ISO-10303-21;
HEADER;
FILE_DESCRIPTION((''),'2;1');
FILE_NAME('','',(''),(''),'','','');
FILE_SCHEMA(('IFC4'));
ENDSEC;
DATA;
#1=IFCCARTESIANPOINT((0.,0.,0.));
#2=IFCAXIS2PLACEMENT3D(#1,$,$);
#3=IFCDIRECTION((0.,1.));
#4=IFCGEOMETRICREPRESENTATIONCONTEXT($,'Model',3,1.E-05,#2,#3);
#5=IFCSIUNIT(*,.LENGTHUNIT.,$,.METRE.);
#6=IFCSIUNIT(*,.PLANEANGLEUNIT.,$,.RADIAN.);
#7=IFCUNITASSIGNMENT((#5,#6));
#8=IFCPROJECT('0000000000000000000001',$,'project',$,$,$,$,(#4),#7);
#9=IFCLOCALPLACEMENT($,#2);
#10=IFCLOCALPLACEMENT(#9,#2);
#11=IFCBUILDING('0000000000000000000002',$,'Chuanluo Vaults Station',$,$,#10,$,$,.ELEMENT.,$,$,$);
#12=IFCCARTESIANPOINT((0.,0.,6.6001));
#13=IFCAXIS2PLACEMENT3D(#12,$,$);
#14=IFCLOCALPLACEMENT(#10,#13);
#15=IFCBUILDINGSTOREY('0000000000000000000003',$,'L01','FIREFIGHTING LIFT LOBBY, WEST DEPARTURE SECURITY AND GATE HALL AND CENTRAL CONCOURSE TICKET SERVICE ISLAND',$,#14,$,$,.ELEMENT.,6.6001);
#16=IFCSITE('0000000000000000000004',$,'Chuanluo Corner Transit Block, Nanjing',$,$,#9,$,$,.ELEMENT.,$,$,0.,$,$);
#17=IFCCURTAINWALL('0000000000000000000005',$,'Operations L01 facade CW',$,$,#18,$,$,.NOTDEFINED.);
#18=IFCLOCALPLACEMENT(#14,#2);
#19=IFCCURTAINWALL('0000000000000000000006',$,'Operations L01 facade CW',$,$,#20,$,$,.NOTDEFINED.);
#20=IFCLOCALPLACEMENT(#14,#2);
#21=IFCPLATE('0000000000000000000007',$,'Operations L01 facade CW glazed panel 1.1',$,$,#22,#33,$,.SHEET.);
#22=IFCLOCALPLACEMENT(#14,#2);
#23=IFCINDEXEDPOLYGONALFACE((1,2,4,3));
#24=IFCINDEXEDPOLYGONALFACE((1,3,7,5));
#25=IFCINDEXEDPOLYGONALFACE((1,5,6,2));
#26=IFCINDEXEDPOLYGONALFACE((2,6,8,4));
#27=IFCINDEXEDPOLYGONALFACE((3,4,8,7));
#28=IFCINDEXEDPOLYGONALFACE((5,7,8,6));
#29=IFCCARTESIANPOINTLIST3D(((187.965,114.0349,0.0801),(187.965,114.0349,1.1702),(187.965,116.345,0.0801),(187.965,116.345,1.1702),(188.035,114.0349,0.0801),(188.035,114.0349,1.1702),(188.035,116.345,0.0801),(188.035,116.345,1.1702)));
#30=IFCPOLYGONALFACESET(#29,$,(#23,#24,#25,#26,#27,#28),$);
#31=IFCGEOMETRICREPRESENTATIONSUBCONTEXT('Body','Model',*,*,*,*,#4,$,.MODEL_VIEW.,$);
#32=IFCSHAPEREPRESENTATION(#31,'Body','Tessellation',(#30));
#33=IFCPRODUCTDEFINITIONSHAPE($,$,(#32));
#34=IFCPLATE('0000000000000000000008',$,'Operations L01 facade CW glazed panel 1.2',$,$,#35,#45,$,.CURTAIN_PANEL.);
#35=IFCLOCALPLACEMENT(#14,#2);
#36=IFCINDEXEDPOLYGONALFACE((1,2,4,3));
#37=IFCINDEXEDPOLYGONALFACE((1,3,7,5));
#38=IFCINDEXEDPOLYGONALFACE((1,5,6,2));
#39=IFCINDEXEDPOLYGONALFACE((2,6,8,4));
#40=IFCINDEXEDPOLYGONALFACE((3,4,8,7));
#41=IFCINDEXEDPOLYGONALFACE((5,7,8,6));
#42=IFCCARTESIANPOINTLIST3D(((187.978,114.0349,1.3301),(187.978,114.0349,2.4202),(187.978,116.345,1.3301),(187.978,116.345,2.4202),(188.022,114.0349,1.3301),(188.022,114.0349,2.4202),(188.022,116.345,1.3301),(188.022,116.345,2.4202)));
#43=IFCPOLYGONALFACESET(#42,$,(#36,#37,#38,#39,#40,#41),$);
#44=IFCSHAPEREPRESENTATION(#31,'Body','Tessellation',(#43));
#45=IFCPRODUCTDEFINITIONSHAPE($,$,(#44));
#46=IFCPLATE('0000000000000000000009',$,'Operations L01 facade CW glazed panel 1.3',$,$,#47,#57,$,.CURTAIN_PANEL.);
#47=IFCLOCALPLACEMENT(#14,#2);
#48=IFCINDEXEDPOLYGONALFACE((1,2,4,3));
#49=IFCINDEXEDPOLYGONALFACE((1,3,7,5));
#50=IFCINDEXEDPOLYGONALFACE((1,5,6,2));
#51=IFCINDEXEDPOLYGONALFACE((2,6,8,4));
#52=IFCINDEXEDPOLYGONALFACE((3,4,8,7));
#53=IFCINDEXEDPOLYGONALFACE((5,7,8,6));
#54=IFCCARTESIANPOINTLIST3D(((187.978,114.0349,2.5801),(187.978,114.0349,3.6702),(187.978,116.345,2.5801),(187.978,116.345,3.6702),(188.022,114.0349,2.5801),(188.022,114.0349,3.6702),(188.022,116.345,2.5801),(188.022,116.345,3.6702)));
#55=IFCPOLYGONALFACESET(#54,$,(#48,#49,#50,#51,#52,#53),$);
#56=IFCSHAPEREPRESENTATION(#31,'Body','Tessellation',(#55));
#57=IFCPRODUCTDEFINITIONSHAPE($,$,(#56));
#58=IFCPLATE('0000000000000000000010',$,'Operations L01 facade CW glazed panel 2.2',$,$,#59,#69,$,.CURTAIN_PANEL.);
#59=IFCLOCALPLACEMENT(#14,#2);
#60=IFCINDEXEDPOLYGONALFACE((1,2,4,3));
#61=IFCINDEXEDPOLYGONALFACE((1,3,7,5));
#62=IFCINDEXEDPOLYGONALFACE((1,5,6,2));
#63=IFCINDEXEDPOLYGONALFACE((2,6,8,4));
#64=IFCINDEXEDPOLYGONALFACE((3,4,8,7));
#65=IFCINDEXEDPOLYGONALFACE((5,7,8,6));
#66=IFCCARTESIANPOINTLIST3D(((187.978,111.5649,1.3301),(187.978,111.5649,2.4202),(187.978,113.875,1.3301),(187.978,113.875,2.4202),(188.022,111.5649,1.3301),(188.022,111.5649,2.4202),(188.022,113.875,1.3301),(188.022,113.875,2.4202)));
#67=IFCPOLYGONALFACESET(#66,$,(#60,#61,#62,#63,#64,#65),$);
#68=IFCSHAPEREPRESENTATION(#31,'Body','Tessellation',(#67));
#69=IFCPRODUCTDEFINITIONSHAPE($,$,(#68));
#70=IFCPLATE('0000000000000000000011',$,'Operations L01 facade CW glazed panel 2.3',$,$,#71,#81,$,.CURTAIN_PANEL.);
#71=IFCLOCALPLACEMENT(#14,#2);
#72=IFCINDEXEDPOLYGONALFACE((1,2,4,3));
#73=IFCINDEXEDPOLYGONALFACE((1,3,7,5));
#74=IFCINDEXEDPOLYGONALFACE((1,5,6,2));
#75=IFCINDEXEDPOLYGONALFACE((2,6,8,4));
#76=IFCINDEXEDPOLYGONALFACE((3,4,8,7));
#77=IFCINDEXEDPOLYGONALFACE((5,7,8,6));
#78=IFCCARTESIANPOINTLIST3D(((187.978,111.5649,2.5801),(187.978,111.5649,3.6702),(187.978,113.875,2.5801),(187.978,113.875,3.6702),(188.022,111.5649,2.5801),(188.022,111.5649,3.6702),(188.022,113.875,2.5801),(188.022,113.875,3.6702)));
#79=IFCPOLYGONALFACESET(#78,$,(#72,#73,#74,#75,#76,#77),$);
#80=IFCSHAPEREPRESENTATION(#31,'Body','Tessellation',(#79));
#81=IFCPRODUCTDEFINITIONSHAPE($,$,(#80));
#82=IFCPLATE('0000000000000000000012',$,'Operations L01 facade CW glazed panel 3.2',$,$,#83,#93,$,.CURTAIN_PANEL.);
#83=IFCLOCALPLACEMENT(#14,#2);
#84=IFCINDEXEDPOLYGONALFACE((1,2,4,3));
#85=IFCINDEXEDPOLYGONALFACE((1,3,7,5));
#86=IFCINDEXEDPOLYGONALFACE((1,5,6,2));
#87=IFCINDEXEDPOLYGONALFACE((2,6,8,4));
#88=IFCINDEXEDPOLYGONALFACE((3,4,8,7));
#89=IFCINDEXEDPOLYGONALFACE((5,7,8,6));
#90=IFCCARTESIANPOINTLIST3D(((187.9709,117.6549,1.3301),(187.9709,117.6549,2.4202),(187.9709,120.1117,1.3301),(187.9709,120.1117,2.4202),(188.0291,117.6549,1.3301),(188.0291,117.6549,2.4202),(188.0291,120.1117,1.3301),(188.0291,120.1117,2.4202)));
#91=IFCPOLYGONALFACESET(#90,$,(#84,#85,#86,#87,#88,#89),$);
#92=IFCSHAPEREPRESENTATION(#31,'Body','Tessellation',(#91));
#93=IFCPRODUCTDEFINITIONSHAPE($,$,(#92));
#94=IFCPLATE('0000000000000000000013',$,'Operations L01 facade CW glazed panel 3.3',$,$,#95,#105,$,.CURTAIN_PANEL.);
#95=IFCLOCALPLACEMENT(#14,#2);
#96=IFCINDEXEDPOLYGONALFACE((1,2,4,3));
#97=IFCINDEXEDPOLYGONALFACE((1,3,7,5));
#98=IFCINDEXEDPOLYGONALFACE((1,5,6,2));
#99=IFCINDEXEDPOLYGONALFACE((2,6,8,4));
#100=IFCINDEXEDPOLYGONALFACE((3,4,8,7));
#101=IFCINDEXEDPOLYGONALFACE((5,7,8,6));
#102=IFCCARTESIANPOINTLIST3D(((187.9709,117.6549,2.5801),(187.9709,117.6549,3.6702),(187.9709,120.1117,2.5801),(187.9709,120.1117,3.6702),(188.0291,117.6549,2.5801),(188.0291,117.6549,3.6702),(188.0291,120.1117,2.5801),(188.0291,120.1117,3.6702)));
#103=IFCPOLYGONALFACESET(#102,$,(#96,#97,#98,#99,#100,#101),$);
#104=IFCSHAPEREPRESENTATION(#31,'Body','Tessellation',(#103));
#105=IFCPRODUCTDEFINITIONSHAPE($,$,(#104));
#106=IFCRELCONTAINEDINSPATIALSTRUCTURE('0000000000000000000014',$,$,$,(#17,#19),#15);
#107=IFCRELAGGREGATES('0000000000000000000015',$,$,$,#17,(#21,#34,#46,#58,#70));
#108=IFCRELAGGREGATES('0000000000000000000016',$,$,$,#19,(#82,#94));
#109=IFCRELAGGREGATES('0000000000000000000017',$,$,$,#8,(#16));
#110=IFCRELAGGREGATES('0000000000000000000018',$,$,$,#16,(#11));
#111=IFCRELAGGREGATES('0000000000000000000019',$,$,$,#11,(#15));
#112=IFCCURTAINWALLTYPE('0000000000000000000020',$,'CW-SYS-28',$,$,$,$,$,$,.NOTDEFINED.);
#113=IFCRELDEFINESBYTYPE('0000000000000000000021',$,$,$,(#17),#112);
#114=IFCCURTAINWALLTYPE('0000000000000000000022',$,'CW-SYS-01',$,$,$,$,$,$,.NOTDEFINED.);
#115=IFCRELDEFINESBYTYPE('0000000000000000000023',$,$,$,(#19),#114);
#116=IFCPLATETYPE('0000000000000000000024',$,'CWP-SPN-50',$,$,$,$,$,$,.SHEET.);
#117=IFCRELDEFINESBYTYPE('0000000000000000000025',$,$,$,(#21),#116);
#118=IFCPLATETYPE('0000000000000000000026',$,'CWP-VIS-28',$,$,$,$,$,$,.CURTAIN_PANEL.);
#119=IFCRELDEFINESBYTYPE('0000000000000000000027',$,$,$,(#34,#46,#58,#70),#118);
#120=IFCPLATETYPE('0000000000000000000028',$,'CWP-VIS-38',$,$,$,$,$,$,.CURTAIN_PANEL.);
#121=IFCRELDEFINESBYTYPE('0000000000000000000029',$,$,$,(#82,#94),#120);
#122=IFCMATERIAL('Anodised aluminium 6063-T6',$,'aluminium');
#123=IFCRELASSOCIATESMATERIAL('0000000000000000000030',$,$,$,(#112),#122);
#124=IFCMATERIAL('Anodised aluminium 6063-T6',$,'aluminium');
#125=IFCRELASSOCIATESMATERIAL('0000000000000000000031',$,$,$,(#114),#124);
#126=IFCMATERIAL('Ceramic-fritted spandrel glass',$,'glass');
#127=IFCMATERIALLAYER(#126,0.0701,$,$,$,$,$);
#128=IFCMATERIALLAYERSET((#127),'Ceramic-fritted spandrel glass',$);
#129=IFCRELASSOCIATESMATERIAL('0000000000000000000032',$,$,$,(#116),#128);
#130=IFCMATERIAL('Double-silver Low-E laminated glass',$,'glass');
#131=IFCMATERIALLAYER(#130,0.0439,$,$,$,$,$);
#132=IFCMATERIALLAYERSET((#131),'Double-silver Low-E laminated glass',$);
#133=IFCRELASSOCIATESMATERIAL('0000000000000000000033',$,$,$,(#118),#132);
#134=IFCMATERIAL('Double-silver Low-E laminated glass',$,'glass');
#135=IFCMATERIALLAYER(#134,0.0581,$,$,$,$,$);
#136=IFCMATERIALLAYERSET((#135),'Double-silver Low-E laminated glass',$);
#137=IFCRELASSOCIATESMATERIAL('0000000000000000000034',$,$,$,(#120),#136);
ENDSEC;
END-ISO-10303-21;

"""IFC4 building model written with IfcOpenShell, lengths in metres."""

from ifc_helpers import new_model, si_unit, direction, frame, origin, origin_2d, place, context, subcontext, project, spatial, rectangle, extrude, material, layer, layer_set, type_object, element, aggregate, save


model = new_model("IFC4")

# Units and contexts
model_context = context("Model", 3, precision=1e-05, world=origin(), true_north=direction((0.0, 1.0)))
body_context = subcontext(model_context, "Body", "Model", "MODEL_VIEW")
ifc_project = project(units=[si_unit("LENGTHUNIT", "METRE"), si_unit("PLANEANGLEUNIT", "RADIAN")], contexts=[model_context])

# Site, building, storey
site_placement = place(None, origin())
site = spatial("IfcSite", under=ifc_project, at=site_placement, Name="Chuanluo Corner Transit Block, Nanjing", CompositionType="ELEMENT", RefElevation=0.0)
building_placement = place(site_placement, origin())
building = spatial("IfcBuilding", under=site, at=building_placement, Name="Chuanluo Vaults Station", CompositionType="ELEMENT")
storey_placement = place(building_placement, frame((0.0, 0.0, 6.6001)))
storey = spatial("IfcBuildingStorey", under=building, at=storey_placement, Name="L01", Description="FIREFIGHTING LIFT LOBBY, WEST DEPARTURE SECURITY AND GATE HALL AND CENTRAL CONCOURSE TICKET SERVICE ISLAND", CompositionType="ELEMENT", Elevation=6.6001)

# Curtain wall
ifc_material_1 = material(Name="Anodised aluminium 6063-T6", Category="aluminium")
curtain_wall_type_1 = type_object("IfcCurtainWallType", Name="CW-SYS-28", PredefinedType="NOTDEFINED", material=ifc_material_1)
curtain_wall_1_placement = place(storey_placement, origin())
curtain_wall_1 = element("IfcCurtainWall", 1, at=curtain_wall_1_placement, inside=storey, type_object=curtain_wall_type_1, Name="Operations L01 facade CW", PredefinedType="NOTDEFINED")

# Curtain wall
ifc_material_2 = material(Name="Anodised aluminium 6063-T6", Category="aluminium")
curtain_wall_type_2 = type_object("IfcCurtainWallType", Name="CW-SYS-01", PredefinedType="NOTDEFINED", material=ifc_material_2)
curtain_wall_2_placement = place(storey_placement, origin())
curtain_wall_2 = element("IfcCurtainWall", 2, at=curtain_wall_2_placement, inside=storey, type_object=curtain_wall_type_2, Name="Operations L01 facade CW", PredefinedType="NOTDEFINED")

# Plates
ifc_material_3 = material(Name="Ceramic-fritted spandrel glass", Category="glass")
ifc_layer_1 = layer(ifc_material_3, 0.0701)
ifc_layer_set_1 = layer_set([ifc_layer_1], Name="Ceramic-fritted spandrel glass")
plate_type_1 = type_object("IfcPlateType", Name="CWP-SPN-50", PredefinedType="SHEET", material=ifc_layer_set_1)
plate_1_placement = place(storey_placement, frame((188.0, 115.1899, 0.0801), z_axis=(0.0, 0.0, 1.0), x_axis=(0.0, -1.0, 0.0)))
plate_1 = element("IfcPlate", 3, at=plate_1_placement, type_object=plate_type_1, Name="Operations L01 facade CW glazed panel 1.1", PredefinedType="SHEET", context=body_context, shape_type="SweptSolid", body=[
    extrude(rectangle(XDim=2.3101, YDim=0.0701, at=origin_2d()), origin(), (0.0, 0.0, 1.0), 1.0901),
])
ifc_material_4 = material(Name="Double-silver Low-E laminated glass", Category="glass")
ifc_layer_2 = layer(ifc_material_4, 0.0439)
ifc_layer_set_2 = layer_set([ifc_layer_2], Name="Double-silver Low-E laminated glass")
plate_type_2 = type_object("IfcPlateType", Name="CWP-VIS-28", PredefinedType="CURTAIN_PANEL", material=ifc_layer_set_2)
plate_2_placement = place(storey_placement, frame((188.0, 115.1899, 1.3301), z_axis=(0.0, 0.0, 1.0), x_axis=(0.0, -1.0, 0.0)))
plate_2 = element("IfcPlate", 4, at=plate_2_placement, type_object=plate_type_2, Name="Operations L01 facade CW glazed panel 1.2", PredefinedType="CURTAIN_PANEL", context=body_context, shape_type="SweptSolid", body=[
    extrude(rectangle(XDim=2.3101, YDim=0.0439, at=origin_2d()), origin(), (0.0, 0.0, 1.0), 1.0901),
])
plate_3_placement = place(storey_placement, frame((188.0, 115.1899, 2.5801), z_axis=(0.0, 0.0, 1.0), x_axis=(0.0, -1.0, 0.0)))
plate_3 = element("IfcPlate", 5, at=plate_3_placement, type_object=plate_type_2, Name="Operations L01 facade CW glazed panel 1.3", PredefinedType="CURTAIN_PANEL", context=body_context, shape_type="SweptSolid", body=[
    extrude(rectangle(XDim=2.3101, YDim=0.0439, at=origin_2d()), origin(), (0.0, 0.0, 1.0), 1.0901),
])
plate_4_placement = place(storey_placement, frame((188.0, 112.72, 1.3301), z_axis=(0.0, 0.0, 1.0), x_axis=(0.0, -1.0, 0.0)))
plate_4 = element("IfcPlate", 6, at=plate_4_placement, type_object=plate_type_2, Name="Operations L01 facade CW glazed panel 2.2", PredefinedType="CURTAIN_PANEL", context=body_context, shape_type="SweptSolid", body=[
    extrude(rectangle(XDim=2.3101, YDim=0.0439, at=origin_2d()), origin(), (0.0, 0.0, 1.0), 1.0901),
])
plate_5_placement = place(storey_placement, frame((188.0, 112.72, 2.5801), z_axis=(0.0, 0.0, 1.0), x_axis=(0.0, -1.0, 0.0)))
plate_5 = element("IfcPlate", 7, at=plate_5_placement, type_object=plate_type_2, Name="Operations L01 facade CW glazed panel 2.3", PredefinedType="CURTAIN_PANEL", context=body_context, shape_type="SweptSolid", body=[
    extrude(rectangle(XDim=2.3101, YDim=0.0439, at=origin_2d()), origin(), (0.0, 0.0, 1.0), 1.0901),
])
aggregate(curtain_wall_1, [plate_1, plate_2, plate_3, plate_4, plate_5])
ifc_material_5 = material(Name="Double-silver Low-E laminated glass", Category="glass")
ifc_layer_3 = layer(ifc_material_5, 0.0581)
ifc_layer_set_3 = layer_set([ifc_layer_3], Name="Double-silver Low-E laminated glass")
plate_type_3 = type_object("IfcPlateType", Name="CWP-VIS-38", PredefinedType="CURTAIN_PANEL", material=ifc_layer_set_3)
plate_6_placement = place(storey_placement, frame((188.0, 118.8833, 1.3301), z_axis=(0.0, 0.0, 1.0), x_axis=(0.0, -1.0, 0.0)))
plate_6 = element("IfcPlate", 8, at=plate_6_placement, type_object=plate_type_3, Name="Operations L01 facade CW glazed panel 3.2", PredefinedType="CURTAIN_PANEL", context=body_context, shape_type="SweptSolid", body=[
    extrude(rectangle(XDim=2.4568, YDim=0.0581, at=origin_2d()), origin(), (0.0, 0.0, 1.0), 1.0901),
])
plate_7_placement = place(storey_placement, frame((188.0, 118.8833, 2.5801), z_axis=(0.0, 0.0, 1.0), x_axis=(0.0, -1.0, 0.0)))
plate_7 = element("IfcPlate", 9, at=plate_7_placement, type_object=plate_type_3, Name="Operations L01 facade CW glazed panel 3.3", PredefinedType="CURTAIN_PANEL", context=body_context, shape_type="SweptSolid", body=[
    extrude(rectangle(XDim=2.4568, YDim=0.0581, at=origin_2d()), origin(), (0.0, 0.0, 1.0), 1.0901),
])
aggregate(curtain_wall_2, [plate_6, plate_7])

save(model, "model.ifc")
